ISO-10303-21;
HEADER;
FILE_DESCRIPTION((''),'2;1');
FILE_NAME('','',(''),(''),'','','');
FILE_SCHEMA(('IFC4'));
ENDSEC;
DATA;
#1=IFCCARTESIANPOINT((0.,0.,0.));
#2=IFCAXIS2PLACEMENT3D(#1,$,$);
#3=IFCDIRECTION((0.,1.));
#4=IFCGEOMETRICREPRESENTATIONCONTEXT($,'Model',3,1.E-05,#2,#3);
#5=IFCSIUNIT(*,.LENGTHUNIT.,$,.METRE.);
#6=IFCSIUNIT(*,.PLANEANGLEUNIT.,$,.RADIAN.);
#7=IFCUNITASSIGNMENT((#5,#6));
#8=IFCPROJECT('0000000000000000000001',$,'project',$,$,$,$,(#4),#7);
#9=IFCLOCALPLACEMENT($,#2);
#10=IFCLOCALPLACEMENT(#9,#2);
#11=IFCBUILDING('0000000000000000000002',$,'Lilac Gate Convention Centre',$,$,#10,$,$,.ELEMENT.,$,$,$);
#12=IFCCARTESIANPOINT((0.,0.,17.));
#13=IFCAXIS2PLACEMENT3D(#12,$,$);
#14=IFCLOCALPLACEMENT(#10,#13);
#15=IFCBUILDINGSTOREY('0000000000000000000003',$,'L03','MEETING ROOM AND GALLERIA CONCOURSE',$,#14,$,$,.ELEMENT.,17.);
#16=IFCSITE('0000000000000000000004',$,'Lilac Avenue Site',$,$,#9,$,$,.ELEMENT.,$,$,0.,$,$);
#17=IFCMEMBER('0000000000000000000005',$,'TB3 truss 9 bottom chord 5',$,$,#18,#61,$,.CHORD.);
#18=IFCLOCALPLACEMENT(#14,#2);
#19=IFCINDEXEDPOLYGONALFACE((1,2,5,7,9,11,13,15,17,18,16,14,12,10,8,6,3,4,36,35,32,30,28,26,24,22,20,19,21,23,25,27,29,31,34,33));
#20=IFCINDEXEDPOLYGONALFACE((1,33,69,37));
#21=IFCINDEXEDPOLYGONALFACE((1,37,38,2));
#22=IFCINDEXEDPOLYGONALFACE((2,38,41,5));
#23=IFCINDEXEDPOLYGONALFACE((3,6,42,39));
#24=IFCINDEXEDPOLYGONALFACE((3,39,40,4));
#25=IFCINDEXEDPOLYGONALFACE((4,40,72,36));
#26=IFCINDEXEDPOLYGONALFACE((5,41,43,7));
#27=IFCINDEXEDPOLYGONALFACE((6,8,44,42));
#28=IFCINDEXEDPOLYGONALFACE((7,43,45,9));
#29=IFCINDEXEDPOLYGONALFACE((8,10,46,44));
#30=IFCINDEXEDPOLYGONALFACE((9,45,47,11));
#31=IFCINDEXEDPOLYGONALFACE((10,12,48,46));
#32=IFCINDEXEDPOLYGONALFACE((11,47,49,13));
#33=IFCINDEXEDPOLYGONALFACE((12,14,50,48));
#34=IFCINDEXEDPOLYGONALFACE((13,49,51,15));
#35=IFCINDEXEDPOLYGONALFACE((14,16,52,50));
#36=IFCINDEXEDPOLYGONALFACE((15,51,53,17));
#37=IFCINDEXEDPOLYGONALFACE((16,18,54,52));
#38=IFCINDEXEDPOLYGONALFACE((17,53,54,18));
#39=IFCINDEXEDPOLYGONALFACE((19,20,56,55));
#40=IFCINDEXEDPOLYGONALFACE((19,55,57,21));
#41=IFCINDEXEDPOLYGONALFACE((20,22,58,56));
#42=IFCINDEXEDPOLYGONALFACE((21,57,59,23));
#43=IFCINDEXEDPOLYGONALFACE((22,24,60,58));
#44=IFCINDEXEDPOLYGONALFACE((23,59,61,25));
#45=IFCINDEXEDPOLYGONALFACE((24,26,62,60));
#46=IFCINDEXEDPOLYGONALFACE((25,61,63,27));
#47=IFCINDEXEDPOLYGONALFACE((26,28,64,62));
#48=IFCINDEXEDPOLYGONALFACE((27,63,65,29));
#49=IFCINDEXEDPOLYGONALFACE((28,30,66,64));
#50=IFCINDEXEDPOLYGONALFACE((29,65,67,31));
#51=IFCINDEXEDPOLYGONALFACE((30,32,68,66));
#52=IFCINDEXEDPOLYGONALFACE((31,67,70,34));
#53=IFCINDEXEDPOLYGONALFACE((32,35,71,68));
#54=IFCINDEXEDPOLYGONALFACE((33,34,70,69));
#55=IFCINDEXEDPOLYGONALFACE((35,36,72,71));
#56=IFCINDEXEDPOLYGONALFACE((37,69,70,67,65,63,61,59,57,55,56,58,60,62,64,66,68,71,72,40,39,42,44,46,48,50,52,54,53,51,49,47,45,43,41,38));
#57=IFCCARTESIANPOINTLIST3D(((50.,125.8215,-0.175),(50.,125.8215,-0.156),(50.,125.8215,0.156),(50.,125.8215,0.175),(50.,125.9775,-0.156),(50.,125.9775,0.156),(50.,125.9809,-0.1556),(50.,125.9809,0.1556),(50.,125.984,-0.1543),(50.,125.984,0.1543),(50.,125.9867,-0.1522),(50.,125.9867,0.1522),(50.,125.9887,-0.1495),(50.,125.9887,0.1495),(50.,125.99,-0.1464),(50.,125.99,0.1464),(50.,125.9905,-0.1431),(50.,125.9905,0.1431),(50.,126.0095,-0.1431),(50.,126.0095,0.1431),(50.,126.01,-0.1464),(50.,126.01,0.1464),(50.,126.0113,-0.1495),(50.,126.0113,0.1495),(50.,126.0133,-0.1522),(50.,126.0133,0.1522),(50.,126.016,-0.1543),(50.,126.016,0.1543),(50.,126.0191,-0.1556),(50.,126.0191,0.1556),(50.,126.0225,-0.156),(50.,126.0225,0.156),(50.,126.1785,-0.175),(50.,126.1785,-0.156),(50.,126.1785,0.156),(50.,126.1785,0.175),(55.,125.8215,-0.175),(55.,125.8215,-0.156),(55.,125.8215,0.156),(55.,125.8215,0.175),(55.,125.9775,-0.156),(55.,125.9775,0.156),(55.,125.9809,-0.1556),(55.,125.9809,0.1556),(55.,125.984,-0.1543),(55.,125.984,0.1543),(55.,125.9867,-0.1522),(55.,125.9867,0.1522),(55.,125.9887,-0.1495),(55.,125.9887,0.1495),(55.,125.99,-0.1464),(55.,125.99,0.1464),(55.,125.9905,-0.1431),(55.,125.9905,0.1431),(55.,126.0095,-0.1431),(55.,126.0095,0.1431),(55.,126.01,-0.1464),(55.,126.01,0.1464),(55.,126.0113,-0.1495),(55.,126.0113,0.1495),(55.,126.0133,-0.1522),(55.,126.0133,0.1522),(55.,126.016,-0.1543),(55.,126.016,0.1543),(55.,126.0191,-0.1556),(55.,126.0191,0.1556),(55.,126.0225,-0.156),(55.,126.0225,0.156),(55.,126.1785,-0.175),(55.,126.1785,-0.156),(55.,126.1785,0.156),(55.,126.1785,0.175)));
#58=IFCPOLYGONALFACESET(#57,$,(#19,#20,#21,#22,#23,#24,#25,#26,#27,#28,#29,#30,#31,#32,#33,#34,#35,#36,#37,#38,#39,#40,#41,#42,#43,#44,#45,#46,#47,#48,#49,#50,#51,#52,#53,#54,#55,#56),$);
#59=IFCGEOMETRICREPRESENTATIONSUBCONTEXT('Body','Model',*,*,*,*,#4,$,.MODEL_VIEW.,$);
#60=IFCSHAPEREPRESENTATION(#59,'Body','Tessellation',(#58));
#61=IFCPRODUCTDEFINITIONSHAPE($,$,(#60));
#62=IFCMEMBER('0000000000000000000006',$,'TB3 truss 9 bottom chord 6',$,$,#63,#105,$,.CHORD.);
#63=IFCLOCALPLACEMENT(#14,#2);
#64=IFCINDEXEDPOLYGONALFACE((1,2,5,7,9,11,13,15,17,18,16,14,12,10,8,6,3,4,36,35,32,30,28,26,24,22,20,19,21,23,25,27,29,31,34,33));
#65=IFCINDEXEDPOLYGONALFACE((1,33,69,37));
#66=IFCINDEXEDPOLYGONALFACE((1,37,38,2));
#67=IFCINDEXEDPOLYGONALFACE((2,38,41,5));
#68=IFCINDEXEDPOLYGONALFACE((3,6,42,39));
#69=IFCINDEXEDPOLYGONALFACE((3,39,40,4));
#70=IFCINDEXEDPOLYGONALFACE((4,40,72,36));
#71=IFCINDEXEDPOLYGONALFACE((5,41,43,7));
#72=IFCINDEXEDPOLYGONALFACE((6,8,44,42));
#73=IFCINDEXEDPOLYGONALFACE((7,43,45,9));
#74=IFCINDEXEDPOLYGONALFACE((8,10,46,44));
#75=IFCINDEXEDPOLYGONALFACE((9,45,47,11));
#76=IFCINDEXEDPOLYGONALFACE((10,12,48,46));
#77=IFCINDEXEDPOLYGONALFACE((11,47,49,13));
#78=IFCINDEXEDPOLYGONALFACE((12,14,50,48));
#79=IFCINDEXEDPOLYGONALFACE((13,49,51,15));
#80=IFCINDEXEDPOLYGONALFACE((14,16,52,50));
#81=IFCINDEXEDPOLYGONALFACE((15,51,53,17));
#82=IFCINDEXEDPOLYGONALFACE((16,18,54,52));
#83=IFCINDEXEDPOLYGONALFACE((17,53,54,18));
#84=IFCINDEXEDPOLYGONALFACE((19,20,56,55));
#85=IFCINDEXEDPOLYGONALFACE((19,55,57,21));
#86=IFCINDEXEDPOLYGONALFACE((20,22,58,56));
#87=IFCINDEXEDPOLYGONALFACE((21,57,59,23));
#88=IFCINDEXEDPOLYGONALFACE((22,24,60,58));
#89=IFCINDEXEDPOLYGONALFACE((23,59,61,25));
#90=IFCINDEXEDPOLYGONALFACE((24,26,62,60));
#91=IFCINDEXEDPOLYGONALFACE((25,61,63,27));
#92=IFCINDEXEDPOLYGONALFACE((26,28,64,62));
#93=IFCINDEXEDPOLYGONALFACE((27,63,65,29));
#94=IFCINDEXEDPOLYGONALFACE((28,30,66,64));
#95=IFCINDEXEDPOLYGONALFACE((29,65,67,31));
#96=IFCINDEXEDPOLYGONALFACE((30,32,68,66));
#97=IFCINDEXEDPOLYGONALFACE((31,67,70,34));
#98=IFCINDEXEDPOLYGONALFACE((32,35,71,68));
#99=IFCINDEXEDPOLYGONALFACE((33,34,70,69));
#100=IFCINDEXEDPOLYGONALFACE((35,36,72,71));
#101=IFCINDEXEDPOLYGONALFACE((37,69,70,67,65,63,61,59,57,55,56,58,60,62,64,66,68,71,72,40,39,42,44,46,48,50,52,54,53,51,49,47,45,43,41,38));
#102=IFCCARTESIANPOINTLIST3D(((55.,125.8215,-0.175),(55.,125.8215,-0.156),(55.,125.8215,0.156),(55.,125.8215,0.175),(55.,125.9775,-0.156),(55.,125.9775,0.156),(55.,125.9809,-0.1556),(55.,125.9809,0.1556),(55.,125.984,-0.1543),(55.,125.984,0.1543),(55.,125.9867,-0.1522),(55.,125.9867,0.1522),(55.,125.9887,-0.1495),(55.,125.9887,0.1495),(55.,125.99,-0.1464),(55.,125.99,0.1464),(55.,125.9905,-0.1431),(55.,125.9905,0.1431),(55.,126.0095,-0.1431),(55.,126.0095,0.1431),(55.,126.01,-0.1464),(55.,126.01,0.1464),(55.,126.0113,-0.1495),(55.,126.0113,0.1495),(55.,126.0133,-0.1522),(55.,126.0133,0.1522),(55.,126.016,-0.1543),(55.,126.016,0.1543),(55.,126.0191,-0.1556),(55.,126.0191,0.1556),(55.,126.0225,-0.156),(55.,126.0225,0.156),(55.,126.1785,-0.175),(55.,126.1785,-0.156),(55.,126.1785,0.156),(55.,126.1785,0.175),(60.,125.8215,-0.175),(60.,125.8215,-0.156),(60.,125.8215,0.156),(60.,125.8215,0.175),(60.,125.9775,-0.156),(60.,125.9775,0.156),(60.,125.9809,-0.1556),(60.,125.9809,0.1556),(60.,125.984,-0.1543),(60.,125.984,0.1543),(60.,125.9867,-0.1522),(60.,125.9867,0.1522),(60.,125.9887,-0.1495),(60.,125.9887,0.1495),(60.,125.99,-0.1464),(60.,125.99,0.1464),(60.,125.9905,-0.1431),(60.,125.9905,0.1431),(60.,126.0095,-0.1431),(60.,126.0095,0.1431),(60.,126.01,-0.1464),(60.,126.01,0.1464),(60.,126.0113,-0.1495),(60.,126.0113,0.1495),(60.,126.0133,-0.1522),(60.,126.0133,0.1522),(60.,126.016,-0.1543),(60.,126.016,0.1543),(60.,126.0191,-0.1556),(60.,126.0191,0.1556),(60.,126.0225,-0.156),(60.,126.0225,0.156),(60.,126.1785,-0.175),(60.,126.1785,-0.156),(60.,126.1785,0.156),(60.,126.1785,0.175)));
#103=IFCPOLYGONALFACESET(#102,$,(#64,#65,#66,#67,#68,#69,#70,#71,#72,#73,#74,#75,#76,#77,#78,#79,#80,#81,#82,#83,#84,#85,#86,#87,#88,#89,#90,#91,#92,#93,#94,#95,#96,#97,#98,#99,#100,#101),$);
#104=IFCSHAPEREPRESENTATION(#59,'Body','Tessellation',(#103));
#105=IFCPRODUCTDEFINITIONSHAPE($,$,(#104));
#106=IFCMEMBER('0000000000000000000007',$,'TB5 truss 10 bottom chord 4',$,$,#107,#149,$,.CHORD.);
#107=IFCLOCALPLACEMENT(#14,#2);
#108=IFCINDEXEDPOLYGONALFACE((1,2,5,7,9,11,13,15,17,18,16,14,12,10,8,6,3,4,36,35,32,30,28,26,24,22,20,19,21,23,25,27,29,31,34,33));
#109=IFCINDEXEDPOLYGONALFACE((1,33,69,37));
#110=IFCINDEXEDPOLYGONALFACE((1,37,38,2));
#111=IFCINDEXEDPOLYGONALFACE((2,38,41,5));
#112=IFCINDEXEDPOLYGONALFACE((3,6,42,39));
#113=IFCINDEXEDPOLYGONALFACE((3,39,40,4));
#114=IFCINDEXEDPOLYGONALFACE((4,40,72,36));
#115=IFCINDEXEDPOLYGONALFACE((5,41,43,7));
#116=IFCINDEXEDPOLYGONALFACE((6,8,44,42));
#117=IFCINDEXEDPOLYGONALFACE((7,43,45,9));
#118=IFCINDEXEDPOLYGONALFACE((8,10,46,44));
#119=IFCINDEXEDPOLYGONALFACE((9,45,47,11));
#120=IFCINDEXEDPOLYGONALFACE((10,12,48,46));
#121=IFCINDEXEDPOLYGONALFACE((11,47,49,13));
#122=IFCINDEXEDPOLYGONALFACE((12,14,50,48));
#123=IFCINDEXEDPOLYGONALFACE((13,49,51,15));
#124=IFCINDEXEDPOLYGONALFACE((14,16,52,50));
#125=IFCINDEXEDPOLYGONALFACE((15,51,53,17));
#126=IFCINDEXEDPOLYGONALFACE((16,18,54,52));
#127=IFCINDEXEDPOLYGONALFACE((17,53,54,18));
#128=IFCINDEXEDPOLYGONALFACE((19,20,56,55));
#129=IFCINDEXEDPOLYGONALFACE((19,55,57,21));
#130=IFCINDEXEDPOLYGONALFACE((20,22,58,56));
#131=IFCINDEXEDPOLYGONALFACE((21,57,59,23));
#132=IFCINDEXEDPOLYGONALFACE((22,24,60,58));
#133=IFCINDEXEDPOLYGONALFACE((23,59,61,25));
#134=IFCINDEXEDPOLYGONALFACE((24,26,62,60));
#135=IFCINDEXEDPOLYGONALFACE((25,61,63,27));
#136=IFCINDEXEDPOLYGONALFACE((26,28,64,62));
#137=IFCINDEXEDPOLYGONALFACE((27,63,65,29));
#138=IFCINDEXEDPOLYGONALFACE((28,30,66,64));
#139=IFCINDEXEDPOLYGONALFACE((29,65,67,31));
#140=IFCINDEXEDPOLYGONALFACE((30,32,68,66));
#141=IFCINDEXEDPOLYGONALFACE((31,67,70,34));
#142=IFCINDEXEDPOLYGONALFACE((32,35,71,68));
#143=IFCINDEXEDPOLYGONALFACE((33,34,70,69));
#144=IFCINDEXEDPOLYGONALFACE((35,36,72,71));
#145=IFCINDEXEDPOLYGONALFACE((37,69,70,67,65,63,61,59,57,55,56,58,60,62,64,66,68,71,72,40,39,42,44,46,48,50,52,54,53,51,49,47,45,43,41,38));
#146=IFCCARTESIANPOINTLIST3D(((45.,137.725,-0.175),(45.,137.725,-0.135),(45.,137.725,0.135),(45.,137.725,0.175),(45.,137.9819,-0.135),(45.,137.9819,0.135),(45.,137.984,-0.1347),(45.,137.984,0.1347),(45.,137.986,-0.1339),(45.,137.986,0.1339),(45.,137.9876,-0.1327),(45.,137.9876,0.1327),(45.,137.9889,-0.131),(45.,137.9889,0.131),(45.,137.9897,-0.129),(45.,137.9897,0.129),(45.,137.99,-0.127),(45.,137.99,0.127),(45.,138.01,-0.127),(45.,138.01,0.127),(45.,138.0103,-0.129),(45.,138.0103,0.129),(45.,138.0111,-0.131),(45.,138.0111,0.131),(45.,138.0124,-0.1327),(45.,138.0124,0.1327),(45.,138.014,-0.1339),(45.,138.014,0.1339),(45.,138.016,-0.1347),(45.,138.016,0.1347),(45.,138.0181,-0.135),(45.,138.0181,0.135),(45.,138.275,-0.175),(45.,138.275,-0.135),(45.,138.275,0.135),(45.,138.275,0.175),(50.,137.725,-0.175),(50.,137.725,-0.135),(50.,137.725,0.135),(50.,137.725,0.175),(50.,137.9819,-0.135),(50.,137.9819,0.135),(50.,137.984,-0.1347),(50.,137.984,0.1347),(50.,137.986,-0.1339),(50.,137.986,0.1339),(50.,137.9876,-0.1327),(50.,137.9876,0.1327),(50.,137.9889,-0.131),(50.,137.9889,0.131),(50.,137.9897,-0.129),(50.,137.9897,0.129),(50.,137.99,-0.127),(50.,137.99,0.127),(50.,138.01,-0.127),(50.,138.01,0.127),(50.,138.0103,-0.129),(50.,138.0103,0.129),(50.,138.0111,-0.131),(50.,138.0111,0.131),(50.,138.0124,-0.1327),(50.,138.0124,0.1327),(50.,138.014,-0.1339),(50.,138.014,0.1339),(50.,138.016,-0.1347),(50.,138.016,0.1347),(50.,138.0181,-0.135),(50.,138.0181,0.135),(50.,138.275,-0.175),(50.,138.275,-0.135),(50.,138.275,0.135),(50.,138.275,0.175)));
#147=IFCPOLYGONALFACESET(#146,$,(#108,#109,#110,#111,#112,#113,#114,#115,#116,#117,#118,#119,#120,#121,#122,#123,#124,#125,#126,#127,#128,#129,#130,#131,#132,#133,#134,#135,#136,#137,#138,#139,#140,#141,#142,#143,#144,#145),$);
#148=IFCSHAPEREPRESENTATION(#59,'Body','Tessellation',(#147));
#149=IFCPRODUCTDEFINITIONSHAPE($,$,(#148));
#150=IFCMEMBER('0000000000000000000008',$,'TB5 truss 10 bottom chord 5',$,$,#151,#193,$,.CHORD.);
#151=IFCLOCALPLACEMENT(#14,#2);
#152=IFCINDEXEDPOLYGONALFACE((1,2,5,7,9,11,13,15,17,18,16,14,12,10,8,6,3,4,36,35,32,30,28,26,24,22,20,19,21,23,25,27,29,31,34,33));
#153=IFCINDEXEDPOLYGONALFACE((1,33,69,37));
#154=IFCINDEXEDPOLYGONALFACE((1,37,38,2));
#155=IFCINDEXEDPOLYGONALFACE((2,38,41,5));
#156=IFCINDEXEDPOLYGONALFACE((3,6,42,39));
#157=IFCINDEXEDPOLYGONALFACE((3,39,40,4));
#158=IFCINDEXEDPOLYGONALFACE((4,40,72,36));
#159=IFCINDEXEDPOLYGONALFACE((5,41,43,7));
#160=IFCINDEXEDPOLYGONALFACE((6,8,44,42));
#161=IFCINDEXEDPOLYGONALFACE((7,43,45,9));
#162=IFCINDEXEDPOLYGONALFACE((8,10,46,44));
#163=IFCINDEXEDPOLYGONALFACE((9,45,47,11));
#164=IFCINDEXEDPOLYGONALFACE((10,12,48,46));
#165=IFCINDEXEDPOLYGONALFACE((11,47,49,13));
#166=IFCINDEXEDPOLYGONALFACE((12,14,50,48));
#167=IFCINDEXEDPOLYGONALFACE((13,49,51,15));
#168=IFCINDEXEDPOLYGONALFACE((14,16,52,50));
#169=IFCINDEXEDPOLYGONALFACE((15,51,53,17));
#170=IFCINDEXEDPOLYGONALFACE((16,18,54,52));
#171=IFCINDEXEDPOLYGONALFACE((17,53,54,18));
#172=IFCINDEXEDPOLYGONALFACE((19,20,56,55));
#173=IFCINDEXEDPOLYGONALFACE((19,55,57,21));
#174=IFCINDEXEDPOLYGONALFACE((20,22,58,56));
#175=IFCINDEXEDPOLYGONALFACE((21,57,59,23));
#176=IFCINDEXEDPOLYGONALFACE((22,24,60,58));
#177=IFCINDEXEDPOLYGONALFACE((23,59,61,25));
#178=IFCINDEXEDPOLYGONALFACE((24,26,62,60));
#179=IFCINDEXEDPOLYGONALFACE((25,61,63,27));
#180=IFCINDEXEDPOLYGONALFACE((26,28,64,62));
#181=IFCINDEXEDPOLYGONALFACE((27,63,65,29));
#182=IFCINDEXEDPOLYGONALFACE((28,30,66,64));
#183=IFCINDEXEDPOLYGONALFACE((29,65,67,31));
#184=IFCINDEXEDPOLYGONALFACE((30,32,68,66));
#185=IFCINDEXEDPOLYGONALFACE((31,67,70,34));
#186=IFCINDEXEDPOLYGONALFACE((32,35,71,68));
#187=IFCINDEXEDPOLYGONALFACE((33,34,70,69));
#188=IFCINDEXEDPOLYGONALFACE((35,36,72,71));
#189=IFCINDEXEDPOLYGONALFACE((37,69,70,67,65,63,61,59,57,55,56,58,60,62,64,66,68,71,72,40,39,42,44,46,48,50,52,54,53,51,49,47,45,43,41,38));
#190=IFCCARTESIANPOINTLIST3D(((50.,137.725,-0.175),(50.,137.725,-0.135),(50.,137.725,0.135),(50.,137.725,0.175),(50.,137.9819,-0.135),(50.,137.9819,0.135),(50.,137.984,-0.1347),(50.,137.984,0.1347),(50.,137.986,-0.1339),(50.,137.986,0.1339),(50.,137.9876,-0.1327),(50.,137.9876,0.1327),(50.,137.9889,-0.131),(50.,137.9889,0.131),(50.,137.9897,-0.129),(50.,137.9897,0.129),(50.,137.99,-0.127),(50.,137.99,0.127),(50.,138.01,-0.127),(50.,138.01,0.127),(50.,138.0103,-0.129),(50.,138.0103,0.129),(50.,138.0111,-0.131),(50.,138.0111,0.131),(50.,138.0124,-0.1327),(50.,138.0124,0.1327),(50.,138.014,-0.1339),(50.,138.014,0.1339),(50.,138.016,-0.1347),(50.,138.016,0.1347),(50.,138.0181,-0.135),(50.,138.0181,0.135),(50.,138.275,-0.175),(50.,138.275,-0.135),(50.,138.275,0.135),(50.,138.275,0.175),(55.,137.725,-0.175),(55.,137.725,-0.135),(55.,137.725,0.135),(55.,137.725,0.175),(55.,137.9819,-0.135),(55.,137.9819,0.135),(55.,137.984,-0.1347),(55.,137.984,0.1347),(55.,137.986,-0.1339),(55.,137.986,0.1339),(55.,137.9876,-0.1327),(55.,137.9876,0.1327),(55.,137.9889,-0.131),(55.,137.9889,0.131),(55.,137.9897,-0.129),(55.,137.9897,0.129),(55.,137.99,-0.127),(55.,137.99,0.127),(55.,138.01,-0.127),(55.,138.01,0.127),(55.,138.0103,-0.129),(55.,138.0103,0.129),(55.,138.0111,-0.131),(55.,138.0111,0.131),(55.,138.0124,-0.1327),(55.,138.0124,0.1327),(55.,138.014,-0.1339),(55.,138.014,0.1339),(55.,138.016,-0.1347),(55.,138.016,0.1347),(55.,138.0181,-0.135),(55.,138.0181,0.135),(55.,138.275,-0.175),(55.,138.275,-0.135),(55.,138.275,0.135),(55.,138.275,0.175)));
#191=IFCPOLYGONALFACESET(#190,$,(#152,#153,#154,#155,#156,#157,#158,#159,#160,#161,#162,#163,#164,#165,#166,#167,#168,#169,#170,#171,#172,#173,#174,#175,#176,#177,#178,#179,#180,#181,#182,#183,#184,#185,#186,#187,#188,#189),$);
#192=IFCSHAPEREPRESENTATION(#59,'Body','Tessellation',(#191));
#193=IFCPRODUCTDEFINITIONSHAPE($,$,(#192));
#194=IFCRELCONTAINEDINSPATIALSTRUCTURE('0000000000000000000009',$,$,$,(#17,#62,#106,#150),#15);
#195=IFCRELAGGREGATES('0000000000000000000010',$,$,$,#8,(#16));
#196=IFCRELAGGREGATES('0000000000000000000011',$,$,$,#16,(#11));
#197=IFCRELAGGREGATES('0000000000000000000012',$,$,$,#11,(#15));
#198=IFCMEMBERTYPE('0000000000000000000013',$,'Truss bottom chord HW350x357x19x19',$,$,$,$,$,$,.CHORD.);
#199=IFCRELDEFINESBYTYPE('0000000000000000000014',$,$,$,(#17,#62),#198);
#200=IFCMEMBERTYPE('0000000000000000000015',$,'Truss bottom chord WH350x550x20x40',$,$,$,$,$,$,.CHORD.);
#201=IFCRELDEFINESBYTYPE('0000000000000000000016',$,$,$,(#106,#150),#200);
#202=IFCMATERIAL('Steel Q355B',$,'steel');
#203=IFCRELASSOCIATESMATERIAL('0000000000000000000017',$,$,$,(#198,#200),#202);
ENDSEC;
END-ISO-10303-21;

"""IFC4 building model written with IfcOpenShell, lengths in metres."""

from ifc_helpers import new_model, si_unit, direction, frame, origin, origin_2d, place, context, subcontext, project, spatial, i_section, extrude, material, material_profile, profile_set, type_object, element, save


model = new_model("IFC4")

# Units and contexts
model_context = context("Model", 3, precision=1e-05, world=origin(), true_north=direction((0.0, 1.0)))
body_context = subcontext(model_context, "Body", "Model", "MODEL_VIEW")
ifc_project = project(units=[si_unit("LENGTHUNIT", "METRE"), si_unit("PLANEANGLEUNIT", "RADIAN")], contexts=[model_context])

# Site, building, storey
site_placement = place(None, origin())
site = spatial("IfcSite", under=ifc_project, at=site_placement, Name="Lilac Avenue Site", CompositionType="ELEMENT", RefElevation=0.0)
building_placement = place(site_placement, origin())
building = spatial("IfcBuilding", under=site, at=building_placement, Name="Lilac Gate Convention Centre", CompositionType="ELEMENT")
storey_placement = place(building_placement, frame((0.0, 0.0, 17.0)))
storey = spatial("IfcBuildingStorey", under=building, at=storey_placement, Name="L03", Description="MEETING ROOM AND GALLERIA CONCOURSE", CompositionType="ELEMENT", Elevation=17.0)

# Members
ifc_material = material(Name="Steel Q355B", Category="steel")
ifc_material_profile_1 = material_profile(ifc_material, i_section(OverallWidth=0.3569, OverallDepth=0.3501, WebThickness=0.019, FlangeThickness=0.019, FilletRadius=0.0129, at=origin_2d()), Name="HW350x357x19x19")
ifc_profile_set_1 = profile_set([ifc_material_profile_1], Name="Steel Q355B")
member_type_1 = type_object("IfcMemberType", Name="Truss bottom chord HW350x357x19x19", PredefinedType="CHORD", material=ifc_profile_set_1)
for number, where, z_axis, x_axis, name in (
    (1, (50.0, 126.0, 0.0), (1.0, 0.0, 0.0), (0.0, 1.0, 0.0), "TB3 truss 9 bottom chord 5"),
    (2, (55.0, 126.0, 0.0), (1.0, 0.0, 0.0), (0.0, 1.0, 0.0), "TB3 truss 9 bottom chord 6"),
):
    element("IfcMember", number, at=place(storey_placement, frame(where, z_axis=z_axis, x_axis=x_axis)), inside=storey, type_object=member_type_1, Name=name, PredefinedType="CHORD", context=body_context, shape_type="SweptSolid", body=[
        extrude(i_section(OverallWidth=0.3569, OverallDepth=0.3501, WebThickness=0.019, FlangeThickness=0.019, FilletRadius=0.0129, at=origin_2d()), origin(), (0.0, 0.0, 1.0), 5.0),
    ])
ifc_material_profile_2 = material_profile(ifc_material, i_section(OverallWidth=0.55, OverallDepth=0.3501, WebThickness=0.02, FlangeThickness=0.04, FilletRadius=0.0081, at=origin_2d()), Name="WH350x550x20x40")
ifc_profile_set_2 = profile_set([ifc_material_profile_2], Name="Steel Q355B")
member_type_2 = type_object("IfcMemberType", Name="Truss bottom chord WH350x550x20x40", PredefinedType="CHORD", material=ifc_profile_set_2)
for number, where, z_axis, x_axis, name in (
    (3, (45.0, 138.0, 0.0), (1.0, 0.0, 0.0), (0.0, 1.0, 0.0), "TB5 truss 10 bottom chord 4"),
    (4, (50.0, 138.0, 0.0), (1.0, 0.0, 0.0), (0.0, 1.0, 0.0), "TB5 truss 10 bottom chord 5"),
):
    element("IfcMember", number, at=place(storey_placement, frame(where, z_axis=z_axis, x_axis=x_axis)), inside=storey, type_object=member_type_2, Name=name, PredefinedType="CHORD", context=body_context, shape_type="SweptSolid", body=[
        extrude(i_section(OverallWidth=0.55, OverallDepth=0.3501, WebThickness=0.02, FlangeThickness=0.04, FilletRadius=0.0081, at=origin_2d()), origin(), (0.0, 0.0, 1.0), 5.0),
    ])

save(model, "model.ifc")
